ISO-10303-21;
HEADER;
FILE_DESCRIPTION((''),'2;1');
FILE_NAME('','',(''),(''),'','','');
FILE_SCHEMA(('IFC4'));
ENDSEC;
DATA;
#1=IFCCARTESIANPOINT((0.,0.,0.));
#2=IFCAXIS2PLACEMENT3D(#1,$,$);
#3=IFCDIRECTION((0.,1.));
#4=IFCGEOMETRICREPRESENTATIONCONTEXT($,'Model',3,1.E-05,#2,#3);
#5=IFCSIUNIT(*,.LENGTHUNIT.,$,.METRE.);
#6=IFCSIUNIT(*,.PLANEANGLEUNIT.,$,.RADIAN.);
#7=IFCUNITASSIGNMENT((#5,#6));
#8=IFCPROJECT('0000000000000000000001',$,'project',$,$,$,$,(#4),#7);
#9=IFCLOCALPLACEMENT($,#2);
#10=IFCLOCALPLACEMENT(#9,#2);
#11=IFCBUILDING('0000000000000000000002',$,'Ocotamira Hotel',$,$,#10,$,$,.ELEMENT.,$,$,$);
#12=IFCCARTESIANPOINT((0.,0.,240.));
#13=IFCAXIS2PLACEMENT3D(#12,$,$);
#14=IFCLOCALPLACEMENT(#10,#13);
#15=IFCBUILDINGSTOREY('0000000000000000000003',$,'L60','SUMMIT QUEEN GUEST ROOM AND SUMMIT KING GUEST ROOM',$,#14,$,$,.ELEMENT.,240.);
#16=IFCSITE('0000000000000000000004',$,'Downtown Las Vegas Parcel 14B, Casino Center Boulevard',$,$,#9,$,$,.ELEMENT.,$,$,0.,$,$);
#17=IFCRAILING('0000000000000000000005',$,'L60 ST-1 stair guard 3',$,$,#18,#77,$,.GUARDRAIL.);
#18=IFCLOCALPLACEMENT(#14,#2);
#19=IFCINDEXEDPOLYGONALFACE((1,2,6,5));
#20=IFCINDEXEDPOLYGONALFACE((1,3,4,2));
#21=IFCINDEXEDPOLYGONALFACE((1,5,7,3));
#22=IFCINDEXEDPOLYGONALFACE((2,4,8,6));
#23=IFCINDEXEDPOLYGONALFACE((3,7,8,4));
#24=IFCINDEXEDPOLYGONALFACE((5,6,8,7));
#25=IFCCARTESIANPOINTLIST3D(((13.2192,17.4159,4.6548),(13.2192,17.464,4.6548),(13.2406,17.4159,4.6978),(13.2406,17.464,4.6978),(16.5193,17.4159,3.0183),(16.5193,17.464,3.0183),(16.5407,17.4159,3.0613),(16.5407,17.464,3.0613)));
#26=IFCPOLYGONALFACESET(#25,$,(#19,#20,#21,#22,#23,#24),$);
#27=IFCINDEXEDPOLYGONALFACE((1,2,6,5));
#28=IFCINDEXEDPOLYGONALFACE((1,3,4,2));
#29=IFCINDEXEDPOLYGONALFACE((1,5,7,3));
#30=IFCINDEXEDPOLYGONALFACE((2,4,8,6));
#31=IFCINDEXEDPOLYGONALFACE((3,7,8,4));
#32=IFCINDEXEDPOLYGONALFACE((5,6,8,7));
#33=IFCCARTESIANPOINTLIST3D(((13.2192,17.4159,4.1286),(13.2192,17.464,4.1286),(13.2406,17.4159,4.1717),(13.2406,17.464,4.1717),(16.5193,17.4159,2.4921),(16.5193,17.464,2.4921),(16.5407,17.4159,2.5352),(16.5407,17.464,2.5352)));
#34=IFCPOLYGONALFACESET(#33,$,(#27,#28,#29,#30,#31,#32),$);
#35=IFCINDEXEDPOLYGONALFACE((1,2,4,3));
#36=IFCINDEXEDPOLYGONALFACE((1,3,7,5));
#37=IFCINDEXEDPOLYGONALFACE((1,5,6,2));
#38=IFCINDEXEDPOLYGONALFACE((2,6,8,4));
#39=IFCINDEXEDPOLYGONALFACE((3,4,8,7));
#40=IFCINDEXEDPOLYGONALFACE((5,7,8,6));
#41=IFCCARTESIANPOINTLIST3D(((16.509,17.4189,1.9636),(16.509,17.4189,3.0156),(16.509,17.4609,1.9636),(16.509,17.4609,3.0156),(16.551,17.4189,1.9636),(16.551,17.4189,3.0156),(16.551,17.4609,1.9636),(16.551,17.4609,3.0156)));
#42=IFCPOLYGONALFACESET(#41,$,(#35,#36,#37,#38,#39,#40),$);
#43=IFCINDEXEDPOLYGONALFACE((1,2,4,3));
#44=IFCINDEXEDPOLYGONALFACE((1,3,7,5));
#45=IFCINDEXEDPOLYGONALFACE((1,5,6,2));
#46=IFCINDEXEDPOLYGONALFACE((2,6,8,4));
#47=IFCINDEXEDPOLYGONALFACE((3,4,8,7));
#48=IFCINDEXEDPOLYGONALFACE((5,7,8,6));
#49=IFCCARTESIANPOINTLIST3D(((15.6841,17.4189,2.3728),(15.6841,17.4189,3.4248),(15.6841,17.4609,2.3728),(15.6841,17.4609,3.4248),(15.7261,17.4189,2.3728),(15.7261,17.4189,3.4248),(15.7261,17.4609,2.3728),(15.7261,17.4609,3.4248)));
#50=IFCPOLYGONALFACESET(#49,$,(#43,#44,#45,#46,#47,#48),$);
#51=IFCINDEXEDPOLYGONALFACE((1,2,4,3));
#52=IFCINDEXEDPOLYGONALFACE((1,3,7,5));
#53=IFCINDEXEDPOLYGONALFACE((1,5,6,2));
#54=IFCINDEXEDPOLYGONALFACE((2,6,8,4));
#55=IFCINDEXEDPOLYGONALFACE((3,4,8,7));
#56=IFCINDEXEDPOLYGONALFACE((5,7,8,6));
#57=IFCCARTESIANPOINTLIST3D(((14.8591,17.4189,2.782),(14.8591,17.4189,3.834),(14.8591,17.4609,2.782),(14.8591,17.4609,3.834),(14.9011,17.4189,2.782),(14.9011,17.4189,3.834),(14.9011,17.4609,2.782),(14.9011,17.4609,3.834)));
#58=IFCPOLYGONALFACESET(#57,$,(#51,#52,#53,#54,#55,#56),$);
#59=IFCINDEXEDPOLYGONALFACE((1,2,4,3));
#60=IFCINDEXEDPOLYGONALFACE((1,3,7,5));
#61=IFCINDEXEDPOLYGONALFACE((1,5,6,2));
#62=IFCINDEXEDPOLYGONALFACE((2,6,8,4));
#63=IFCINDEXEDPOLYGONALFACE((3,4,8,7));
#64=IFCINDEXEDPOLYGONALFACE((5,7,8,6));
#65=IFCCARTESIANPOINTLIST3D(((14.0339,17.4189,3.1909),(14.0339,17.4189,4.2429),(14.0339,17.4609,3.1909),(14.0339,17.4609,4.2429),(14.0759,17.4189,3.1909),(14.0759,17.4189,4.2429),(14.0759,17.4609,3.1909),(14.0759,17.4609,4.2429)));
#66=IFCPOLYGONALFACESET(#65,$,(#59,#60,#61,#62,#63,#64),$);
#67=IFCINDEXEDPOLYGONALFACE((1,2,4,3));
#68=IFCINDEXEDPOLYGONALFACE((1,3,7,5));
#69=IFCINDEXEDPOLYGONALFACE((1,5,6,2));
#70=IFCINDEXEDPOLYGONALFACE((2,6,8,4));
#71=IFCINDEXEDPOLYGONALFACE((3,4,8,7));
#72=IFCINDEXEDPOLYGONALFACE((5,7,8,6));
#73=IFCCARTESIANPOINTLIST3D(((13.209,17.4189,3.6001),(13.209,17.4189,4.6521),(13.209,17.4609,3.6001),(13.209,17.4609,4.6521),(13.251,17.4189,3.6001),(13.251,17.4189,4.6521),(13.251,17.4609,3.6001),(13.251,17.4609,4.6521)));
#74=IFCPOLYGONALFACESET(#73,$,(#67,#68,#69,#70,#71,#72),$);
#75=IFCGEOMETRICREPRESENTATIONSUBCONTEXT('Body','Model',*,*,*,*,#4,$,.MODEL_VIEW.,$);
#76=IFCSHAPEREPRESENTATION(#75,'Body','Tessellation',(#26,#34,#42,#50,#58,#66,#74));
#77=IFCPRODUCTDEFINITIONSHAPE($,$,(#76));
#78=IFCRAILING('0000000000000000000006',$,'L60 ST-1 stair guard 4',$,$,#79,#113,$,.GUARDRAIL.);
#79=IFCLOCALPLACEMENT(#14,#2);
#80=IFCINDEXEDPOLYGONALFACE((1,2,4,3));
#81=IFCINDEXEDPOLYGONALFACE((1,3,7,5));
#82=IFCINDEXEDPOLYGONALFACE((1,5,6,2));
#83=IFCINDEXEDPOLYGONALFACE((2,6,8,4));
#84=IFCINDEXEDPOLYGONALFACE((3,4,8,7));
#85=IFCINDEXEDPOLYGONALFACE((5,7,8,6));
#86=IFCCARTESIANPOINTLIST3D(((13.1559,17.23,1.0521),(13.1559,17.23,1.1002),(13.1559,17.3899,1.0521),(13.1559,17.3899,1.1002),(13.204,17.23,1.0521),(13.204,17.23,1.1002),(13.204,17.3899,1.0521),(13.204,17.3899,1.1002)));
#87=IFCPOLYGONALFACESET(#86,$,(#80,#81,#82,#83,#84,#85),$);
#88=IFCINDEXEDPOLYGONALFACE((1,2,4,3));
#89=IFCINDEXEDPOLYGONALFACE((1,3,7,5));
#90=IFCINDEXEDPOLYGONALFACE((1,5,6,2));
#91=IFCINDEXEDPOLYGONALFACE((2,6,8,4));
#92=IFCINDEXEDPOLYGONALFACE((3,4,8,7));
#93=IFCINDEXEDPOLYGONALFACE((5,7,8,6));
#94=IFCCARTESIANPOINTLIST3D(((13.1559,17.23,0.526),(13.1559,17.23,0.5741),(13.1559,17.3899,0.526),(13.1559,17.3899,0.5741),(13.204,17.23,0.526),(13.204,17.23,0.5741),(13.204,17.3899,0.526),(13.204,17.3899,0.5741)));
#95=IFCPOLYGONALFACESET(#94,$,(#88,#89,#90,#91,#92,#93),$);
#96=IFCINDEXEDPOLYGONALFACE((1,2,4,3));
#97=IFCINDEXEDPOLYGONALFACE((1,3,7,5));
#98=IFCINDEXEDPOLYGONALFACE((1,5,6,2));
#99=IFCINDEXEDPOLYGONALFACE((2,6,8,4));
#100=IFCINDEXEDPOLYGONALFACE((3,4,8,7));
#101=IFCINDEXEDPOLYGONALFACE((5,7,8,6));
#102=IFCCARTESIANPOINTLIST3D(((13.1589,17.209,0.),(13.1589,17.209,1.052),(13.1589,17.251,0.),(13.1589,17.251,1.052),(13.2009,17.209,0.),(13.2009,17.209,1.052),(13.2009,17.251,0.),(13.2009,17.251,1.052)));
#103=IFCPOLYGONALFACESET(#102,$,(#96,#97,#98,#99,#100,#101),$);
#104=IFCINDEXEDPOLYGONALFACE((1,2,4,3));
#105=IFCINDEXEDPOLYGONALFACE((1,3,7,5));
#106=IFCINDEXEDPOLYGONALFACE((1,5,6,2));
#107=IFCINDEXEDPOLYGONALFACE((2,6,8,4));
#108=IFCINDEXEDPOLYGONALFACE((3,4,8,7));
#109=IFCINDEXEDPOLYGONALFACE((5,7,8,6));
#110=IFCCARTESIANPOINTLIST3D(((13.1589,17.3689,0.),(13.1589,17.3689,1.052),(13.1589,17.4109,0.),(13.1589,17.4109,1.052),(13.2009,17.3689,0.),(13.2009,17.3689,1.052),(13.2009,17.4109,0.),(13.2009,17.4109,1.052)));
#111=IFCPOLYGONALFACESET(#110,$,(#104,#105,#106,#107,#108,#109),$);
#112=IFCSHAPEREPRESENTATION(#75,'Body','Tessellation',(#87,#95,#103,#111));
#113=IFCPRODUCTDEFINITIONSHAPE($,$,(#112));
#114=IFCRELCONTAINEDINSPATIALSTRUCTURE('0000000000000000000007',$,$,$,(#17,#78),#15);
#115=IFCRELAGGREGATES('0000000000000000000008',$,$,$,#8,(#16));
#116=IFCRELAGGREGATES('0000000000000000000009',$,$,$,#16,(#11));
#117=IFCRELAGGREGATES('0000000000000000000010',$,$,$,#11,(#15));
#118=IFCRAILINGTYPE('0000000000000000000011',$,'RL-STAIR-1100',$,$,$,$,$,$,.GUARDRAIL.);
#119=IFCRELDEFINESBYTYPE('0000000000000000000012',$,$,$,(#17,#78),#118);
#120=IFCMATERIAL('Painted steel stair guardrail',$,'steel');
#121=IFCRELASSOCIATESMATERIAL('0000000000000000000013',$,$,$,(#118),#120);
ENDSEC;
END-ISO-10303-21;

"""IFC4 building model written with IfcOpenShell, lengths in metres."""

from ifc_helpers import new_model, si_unit, direction, frame, origin, origin_2d, place, context, subcontext, project, spatial, rectangle, extrude, material, type_object, element, save


model = new_model("IFC4")

# Units and contexts
model_context = context("Model", 3, precision=1e-05, world=origin(), true_north=direction((0.0, 1.0)))
body_context = subcontext(model_context, "Body", "Model", "MODEL_VIEW")
ifc_project = project(units=[si_unit("LENGTHUNIT", "METRE"), si_unit("PLANEANGLEUNIT", "RADIAN")], contexts=[model_context])

# Site, building, storey
site_placement = place(None, origin())
site = spatial("IfcSite", under=ifc_project, at=site_placement, Name="Downtown Las Vegas Parcel 14B, Casino Center Boulevard", CompositionType="ELEMENT", RefElevation=0.0)
building_placement = place(site_placement, origin())
building = spatial("IfcBuilding", under=site, at=building_placement, Name="Ocotamira Hotel", CompositionType="ELEMENT")
storey_placement = place(building_placement, frame((0.0, 0.0, 240.0)))
storey = spatial("IfcBuildingStorey", under=building, at=storey_placement, Name="L60", Description="SUMMIT QUEEN GUEST ROOM AND SUMMIT KING GUEST ROOM", CompositionType="ELEMENT", Elevation=240.0)

# Railings
ifc_material_1 = material(Name="Painted steel stair guardrail", Category="steel")
railing_type_1 = type_object("IfcRailingType", Name="RL-STAIR-1100", PredefinedType="GUARDRAIL", material=ifc_material_1)
railing_1_placement = place(storey_placement, frame((16.53, 17.4399, 1.9636)))
element("IfcRailing", 1, at=railing_1_placement, inside=storey, type_object=railing_type_1, Name="L60 ST-1 stair guard 3", PredefinedType="GUARDRAIL", context=body_context, shape_type="SweptSolid", body=[
    extrude(rectangle(XDim=0.0481, YDim=0.0481, at=origin_2d()), frame((0.0, 0.0, 1.0762), z_axis=(-0.895894, 0.0, 0.444268), x_axis=(0.0, -1.0, 0.0)), (0.0, 0.0, 1.0), 3.6836),
    extrude(rectangle(XDim=0.0481, YDim=0.0481, at=origin_2d()), frame((0.0, 0.0, 0.55), z_axis=(-0.895894, 0.0, 0.444268), x_axis=(0.0, -1.0, 0.0)), (0.0, 0.0, 1.0), 3.6836),
    extrude(rectangle(XDim=0.042, YDim=0.042, at=origin_2d()), origin(), (0.0, 0.0, 1.0), 1.052),
    extrude(rectangle(XDim=0.042, YDim=0.042, at=origin_2d()), frame((-0.825, 0.0, 0.4092)), (0.0, 0.0, 1.0), 1.052),
    extrude(rectangle(XDim=0.042, YDim=0.042, at=origin_2d()), frame((-1.6499, 0.0, 0.8184)), (0.0, 0.0, 1.0), 1.052),
    extrude(rectangle(XDim=0.042, YDim=0.042, at=origin_2d()), frame((-2.4751, 0.0, 1.2273)), (0.0, 0.0, 1.0), 1.052),
    extrude(rectangle(XDim=0.042, YDim=0.042, at=origin_2d()), frame((-3.3, 0.0, 1.6365)), (0.0, 0.0, 1.0), 1.052),
])
railing_2_placement = place(storey_placement, frame((13.1799, 17.23, 0.0)))
element("IfcRailing", 2, at=railing_2_placement, inside=storey, type_object=railing_type_1, Name="L60 ST-1 stair guard 4", PredefinedType="GUARDRAIL", context=body_context, shape_type="SweptSolid", body=[
    extrude(rectangle(XDim=0.0481, YDim=0.0481, at=origin_2d()), frame((0.0, 0.0, 1.0762), z_axis=(0.0, 1.0, 0.0), x_axis=(-1.0, 0.0, 0.0)), (0.0, 0.0, 1.0), 0.1599),
    extrude(rectangle(XDim=0.0481, YDim=0.0481, at=origin_2d()), frame((0.0, 0.0, 0.55), z_axis=(0.0, 1.0, 0.0), x_axis=(-1.0, 0.0, 0.0)), (0.0, 0.0, 1.0), 0.1599),
    extrude(rectangle(XDim=0.042, YDim=0.042, at=origin_2d()), origin(), (0.0, 0.0, 1.0), 1.052),
    extrude(rectangle(XDim=0.042, YDim=0.042, at=origin_2d()), frame((0.0, 0.1599, 0.0)), (0.0, 0.0, 1.0), 1.052),
])

save(model, "model.ifc")
